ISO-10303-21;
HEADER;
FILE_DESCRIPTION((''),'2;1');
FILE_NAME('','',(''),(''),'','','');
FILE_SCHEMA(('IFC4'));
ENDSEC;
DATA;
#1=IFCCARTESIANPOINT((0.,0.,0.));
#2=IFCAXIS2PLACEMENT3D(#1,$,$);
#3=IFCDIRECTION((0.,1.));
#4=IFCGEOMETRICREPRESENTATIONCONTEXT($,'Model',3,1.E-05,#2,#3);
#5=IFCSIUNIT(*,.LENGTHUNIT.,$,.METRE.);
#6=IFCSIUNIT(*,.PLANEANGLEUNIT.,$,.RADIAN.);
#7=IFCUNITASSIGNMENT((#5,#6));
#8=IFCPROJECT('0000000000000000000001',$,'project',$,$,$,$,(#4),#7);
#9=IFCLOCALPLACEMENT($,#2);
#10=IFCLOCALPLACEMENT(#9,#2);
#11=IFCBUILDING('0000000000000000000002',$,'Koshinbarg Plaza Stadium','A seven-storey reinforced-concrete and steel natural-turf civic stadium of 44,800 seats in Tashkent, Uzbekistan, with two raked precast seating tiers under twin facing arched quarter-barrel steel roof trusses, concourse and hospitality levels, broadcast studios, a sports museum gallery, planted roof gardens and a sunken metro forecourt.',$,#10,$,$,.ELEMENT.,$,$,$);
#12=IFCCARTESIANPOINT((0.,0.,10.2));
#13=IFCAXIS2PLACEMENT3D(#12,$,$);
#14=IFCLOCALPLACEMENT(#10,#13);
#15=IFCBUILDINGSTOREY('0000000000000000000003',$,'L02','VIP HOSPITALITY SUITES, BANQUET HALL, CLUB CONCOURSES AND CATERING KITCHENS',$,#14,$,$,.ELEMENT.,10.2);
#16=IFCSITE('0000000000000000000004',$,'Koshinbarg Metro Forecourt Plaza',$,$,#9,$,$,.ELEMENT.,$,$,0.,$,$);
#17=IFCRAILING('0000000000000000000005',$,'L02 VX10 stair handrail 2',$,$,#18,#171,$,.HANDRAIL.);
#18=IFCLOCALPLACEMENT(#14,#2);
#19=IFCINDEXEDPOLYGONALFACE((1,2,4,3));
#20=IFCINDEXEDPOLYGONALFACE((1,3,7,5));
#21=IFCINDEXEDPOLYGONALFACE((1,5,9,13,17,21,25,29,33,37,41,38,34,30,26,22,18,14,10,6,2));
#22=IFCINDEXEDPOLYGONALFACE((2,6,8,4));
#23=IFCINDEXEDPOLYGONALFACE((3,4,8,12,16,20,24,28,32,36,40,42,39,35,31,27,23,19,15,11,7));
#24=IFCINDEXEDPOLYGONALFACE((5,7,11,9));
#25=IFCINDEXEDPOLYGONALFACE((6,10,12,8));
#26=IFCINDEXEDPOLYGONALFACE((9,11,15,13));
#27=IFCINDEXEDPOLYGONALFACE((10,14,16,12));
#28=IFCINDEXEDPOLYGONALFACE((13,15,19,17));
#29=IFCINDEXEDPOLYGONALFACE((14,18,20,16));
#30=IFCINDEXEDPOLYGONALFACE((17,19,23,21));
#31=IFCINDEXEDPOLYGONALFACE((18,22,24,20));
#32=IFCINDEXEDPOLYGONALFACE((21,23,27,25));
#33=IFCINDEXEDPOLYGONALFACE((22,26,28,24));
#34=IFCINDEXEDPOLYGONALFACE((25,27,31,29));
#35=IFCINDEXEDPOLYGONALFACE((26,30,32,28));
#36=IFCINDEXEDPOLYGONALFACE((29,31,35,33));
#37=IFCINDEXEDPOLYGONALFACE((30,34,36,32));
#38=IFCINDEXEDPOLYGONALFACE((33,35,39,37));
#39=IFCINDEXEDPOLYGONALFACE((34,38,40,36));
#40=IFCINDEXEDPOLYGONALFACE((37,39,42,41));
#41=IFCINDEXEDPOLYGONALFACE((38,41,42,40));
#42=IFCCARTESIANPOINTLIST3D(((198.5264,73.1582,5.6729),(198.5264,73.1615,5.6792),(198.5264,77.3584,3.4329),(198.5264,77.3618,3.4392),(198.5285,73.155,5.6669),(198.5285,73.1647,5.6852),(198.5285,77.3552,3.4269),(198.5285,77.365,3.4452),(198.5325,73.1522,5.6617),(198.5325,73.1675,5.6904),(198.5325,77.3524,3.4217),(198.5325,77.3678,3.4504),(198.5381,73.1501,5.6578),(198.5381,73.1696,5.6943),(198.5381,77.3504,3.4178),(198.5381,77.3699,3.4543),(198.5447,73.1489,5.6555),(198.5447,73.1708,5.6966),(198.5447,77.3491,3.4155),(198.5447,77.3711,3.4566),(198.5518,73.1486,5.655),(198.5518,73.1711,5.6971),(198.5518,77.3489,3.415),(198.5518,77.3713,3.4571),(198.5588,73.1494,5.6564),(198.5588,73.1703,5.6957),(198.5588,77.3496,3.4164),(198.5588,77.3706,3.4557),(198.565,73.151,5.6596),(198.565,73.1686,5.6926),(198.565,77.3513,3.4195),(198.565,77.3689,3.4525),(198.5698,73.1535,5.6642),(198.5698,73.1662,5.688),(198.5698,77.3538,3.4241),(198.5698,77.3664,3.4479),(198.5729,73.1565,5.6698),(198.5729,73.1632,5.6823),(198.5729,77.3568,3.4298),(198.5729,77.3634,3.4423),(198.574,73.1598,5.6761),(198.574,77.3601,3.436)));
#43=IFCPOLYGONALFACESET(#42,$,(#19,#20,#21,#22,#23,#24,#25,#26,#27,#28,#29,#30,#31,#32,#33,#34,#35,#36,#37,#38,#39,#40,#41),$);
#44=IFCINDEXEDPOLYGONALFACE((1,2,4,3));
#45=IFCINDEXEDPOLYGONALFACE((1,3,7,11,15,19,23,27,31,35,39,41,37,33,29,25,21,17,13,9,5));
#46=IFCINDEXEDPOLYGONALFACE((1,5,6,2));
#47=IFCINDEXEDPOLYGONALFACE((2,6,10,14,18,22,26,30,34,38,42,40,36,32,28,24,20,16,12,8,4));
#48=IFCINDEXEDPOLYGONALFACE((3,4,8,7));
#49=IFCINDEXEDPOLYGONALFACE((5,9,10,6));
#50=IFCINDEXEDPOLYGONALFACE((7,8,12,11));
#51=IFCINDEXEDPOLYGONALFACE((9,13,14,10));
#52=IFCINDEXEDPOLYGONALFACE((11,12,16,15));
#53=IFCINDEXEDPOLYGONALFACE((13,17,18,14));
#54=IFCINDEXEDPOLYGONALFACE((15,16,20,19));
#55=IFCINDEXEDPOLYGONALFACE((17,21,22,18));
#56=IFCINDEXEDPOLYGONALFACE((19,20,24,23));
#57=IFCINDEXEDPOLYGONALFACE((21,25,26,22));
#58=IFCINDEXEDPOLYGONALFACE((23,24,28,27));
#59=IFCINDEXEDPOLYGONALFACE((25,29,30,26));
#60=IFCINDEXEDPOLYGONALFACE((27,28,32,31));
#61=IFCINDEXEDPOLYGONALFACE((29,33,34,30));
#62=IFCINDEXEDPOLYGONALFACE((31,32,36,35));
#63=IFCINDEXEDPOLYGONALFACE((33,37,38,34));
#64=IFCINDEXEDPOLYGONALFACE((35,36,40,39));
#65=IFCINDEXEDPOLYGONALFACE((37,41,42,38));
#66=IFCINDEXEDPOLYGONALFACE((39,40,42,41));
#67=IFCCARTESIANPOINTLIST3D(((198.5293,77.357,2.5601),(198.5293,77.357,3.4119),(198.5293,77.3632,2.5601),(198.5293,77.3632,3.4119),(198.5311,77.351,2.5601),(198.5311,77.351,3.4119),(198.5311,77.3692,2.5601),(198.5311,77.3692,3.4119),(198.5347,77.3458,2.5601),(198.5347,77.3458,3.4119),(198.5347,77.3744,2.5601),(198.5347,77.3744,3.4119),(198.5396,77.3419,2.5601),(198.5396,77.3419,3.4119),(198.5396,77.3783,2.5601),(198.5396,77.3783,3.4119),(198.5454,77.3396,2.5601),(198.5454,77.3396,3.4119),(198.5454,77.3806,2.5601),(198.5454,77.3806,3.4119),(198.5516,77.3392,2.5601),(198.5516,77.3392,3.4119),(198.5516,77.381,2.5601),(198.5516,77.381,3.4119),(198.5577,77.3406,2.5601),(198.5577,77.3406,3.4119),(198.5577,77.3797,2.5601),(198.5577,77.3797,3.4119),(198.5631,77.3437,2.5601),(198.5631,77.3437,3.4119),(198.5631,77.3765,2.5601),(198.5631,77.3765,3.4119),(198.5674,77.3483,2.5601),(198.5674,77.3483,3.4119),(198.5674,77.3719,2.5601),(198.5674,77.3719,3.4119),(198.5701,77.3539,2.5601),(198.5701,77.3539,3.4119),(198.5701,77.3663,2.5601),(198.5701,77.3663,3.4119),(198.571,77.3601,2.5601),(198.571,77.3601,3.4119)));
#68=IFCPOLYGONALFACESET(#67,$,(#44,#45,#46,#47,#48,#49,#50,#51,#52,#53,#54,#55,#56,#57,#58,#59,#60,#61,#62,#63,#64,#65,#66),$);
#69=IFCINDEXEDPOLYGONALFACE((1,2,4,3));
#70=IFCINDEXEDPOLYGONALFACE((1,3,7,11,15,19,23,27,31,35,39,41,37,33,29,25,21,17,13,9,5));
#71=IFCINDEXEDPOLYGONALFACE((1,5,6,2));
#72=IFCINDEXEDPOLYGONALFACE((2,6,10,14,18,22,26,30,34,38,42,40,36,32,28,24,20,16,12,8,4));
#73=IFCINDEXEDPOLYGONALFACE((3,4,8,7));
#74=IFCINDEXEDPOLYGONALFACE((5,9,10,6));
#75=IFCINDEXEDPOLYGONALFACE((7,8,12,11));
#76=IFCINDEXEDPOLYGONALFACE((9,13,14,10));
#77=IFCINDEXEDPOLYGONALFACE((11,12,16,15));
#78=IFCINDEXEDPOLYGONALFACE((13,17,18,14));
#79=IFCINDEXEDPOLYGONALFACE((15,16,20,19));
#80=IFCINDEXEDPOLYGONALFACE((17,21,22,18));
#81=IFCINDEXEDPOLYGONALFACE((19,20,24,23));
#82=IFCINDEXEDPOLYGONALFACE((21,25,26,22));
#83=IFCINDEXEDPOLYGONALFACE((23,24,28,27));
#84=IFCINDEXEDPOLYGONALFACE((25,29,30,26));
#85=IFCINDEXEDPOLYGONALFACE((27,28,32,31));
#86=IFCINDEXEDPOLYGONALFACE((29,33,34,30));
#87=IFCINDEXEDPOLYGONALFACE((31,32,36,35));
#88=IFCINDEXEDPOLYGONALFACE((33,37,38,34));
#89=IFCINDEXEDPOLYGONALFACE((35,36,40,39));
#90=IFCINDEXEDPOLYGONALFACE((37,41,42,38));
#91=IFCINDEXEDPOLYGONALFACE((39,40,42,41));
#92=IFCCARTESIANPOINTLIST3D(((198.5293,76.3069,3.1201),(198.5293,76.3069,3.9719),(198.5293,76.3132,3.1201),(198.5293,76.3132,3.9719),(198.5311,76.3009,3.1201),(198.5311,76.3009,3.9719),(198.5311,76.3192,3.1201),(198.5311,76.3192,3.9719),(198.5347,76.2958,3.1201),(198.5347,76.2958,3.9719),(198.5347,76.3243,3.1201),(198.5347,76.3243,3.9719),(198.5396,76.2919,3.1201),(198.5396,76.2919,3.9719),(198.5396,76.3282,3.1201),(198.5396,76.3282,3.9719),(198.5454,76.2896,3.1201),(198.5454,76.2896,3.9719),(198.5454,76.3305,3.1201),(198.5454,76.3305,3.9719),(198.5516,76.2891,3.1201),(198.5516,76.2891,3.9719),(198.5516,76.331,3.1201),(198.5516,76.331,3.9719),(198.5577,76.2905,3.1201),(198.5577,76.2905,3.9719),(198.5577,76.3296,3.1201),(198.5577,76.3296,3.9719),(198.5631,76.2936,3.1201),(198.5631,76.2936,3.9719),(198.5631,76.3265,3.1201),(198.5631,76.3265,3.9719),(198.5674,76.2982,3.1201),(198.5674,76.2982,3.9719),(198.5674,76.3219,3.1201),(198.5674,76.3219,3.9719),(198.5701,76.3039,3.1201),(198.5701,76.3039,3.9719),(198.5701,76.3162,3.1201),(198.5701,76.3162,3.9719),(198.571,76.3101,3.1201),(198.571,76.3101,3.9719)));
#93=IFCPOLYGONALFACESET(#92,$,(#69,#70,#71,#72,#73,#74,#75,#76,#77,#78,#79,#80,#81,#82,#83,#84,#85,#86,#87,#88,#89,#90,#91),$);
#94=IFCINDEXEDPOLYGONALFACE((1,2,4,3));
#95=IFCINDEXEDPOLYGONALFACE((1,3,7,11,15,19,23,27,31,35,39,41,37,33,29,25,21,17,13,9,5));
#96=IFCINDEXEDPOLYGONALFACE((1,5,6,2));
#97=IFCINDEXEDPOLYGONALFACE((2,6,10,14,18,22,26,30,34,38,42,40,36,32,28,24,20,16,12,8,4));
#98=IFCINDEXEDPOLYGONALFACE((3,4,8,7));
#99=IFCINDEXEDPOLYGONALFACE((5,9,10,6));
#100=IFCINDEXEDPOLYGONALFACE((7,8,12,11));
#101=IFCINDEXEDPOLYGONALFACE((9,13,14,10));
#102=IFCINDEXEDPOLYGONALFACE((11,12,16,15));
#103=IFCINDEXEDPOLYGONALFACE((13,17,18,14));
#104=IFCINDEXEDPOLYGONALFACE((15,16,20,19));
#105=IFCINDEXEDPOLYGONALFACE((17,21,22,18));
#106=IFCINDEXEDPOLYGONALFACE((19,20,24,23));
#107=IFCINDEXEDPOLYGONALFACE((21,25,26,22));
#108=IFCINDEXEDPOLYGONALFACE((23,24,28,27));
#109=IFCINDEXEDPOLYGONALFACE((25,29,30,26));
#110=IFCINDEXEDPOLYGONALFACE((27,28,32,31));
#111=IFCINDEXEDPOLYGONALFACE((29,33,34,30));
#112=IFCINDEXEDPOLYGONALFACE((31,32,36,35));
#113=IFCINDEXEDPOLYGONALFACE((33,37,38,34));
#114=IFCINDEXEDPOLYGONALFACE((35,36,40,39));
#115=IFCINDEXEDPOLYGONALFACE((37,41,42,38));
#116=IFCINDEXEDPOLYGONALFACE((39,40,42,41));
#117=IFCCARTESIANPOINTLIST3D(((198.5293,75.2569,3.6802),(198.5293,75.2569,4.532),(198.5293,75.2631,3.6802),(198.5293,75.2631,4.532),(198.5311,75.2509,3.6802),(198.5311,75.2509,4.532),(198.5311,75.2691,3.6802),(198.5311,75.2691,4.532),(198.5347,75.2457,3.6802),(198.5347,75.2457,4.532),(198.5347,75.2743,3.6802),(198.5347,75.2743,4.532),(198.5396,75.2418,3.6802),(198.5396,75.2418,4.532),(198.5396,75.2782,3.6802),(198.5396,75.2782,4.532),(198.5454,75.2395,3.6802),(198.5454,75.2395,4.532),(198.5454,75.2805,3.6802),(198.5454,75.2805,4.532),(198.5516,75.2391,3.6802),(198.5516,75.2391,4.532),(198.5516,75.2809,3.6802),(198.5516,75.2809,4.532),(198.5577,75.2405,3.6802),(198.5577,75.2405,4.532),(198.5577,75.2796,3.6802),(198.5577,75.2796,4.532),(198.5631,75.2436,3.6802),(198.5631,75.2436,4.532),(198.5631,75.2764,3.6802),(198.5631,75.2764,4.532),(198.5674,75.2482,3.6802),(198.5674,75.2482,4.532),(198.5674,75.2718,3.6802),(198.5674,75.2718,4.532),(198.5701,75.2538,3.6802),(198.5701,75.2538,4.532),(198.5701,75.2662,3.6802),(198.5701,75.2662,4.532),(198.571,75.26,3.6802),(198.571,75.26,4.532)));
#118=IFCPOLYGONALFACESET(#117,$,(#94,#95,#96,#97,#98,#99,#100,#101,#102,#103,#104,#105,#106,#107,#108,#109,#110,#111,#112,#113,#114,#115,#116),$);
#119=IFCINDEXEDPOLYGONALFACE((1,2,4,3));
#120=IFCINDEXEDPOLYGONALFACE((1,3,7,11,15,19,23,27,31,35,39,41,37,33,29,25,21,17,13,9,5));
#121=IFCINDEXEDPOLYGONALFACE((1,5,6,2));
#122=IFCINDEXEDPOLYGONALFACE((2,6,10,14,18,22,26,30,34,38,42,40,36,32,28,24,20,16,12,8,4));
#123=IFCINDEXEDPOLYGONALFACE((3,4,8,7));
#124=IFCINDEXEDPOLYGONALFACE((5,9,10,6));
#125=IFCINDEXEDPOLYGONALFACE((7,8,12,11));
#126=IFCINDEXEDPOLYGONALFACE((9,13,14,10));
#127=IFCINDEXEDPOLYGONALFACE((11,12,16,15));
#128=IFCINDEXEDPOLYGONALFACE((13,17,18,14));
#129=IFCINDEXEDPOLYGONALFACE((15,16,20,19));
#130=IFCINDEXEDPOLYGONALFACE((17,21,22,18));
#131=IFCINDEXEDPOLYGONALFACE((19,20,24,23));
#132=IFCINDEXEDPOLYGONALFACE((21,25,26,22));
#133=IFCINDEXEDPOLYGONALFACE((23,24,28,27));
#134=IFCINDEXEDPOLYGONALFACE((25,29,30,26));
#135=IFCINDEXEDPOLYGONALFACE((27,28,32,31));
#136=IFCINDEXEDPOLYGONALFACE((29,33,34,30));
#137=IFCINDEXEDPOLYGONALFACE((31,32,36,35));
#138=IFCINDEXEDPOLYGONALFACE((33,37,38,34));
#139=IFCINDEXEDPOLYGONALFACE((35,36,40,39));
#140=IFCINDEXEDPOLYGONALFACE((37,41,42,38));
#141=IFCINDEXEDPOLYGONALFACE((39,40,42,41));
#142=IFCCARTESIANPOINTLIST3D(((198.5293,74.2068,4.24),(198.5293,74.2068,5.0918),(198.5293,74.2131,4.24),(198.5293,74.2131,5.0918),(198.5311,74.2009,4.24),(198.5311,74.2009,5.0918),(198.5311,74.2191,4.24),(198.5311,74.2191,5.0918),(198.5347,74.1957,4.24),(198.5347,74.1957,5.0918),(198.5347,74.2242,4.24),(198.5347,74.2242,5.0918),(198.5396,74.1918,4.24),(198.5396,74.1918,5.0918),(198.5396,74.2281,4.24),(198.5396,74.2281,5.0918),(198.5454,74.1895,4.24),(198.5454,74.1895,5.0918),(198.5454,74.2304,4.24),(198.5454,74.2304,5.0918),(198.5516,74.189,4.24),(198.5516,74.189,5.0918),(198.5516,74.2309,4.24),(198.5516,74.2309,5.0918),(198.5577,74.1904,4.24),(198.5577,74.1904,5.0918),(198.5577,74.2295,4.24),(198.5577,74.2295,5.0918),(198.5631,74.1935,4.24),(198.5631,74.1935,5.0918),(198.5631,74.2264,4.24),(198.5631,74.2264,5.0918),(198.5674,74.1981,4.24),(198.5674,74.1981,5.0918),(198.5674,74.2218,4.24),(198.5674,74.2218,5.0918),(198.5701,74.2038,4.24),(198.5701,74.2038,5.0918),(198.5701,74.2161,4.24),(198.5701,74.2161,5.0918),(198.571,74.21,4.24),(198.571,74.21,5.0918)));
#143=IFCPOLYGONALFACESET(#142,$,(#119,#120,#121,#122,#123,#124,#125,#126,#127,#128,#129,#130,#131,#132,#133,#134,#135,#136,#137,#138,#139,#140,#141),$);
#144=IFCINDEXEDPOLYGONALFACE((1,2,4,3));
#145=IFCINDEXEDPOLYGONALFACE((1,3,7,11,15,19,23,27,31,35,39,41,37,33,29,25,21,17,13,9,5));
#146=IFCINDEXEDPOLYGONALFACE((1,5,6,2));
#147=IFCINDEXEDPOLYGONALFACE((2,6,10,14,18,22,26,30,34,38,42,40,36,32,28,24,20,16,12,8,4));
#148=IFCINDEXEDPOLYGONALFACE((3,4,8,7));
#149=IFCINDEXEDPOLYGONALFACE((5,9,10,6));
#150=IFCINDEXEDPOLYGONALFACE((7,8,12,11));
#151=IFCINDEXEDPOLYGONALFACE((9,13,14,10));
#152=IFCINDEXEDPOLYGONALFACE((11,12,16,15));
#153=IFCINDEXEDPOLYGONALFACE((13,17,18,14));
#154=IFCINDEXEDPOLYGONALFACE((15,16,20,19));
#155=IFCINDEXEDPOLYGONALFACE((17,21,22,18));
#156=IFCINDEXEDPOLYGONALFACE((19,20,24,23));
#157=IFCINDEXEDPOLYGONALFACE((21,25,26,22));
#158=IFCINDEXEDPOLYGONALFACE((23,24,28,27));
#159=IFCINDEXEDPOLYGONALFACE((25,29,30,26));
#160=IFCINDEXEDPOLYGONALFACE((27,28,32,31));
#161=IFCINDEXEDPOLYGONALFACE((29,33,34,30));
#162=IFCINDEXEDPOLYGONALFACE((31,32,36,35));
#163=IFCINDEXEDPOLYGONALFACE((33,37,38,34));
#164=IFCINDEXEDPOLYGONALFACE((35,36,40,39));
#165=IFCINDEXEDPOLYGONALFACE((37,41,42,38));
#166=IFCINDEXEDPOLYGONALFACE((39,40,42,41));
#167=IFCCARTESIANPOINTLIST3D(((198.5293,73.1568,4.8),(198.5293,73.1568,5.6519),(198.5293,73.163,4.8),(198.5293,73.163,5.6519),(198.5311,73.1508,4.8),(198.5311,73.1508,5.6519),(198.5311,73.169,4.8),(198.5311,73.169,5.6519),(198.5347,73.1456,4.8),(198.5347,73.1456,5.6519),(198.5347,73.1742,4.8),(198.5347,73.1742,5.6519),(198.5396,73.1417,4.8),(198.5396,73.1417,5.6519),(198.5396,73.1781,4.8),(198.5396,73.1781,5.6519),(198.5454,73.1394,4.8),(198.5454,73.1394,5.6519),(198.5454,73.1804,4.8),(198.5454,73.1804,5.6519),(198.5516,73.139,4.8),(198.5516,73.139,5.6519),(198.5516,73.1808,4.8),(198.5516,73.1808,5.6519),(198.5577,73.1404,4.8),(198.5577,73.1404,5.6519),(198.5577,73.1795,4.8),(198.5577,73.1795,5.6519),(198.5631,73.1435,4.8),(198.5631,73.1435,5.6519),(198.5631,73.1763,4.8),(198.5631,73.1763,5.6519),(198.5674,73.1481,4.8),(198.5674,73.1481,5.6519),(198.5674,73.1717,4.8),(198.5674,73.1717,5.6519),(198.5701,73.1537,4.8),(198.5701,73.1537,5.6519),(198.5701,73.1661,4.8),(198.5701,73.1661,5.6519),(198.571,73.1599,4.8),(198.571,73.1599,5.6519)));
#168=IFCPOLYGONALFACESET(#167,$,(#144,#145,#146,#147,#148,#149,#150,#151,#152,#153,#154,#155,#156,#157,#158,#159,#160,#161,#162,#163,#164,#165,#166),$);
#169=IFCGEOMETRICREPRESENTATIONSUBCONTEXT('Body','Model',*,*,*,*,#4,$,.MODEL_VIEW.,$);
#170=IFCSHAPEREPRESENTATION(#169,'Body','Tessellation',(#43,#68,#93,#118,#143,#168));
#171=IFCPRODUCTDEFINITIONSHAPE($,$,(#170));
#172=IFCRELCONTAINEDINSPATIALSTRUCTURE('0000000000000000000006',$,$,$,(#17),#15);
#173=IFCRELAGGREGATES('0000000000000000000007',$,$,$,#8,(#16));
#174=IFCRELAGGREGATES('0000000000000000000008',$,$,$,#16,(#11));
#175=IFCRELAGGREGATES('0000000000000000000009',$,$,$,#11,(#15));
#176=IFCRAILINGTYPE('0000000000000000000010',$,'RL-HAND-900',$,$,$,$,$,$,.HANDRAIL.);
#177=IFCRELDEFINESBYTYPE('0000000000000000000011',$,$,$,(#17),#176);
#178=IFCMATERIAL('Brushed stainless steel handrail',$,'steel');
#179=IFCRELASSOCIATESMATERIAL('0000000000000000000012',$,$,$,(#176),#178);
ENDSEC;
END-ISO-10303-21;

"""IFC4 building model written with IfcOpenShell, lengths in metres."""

from ifc_helpers import new_model, si_unit, direction, frame, origin, origin_2d, place, context, subcontext, project, spatial, circle, extrude, material, type_object, element, save


model = new_model("IFC4")

# Units and contexts
model_context = context("Model", 3, precision=1e-05, world=origin(), true_north=direction((0.0, 1.0)))
body_context = subcontext(model_context, "Body", "Model", "MODEL_VIEW")
ifc_project = project(units=[si_unit("LENGTHUNIT", "METRE"), si_unit("PLANEANGLEUNIT", "RADIAN")], contexts=[model_context])

# Site, building, storey
site_placement = place(None, origin())
site = spatial("IfcSite", under=ifc_project, at=site_placement, Name="Koshinbarg Metro Forecourt Plaza", CompositionType="ELEMENT", RefElevation=0.0)
building_placement = place(site_placement, origin())
building = spatial("IfcBuilding", under=site, at=building_placement, Name="Koshinbarg Plaza Stadium", Description="A seven-storey reinforced-concrete and steel natural-turf civic stadium of 44,800 seats in Tashkent, Uzbekistan, with two raked precast seating tiers under twin facing arched quarter-barrel steel roof trusses, concourse and hospitality levels, broadcast studios, a sports museum gallery, planted roof gardens and a sunken metro forecourt.", CompositionType="ELEMENT")
storey_placement = place(building_placement, frame((0.0, 0.0, 10.2)))
storey = spatial("IfcBuildingStorey", under=building, at=storey_placement, Name="L02", Description="VIP HOSPITALITY SUITES, BANQUET HALL, CLUB CONCOURSES AND CATERING KITCHENS", CompositionType="ELEMENT", Elevation=10.2)

# Railing
ifc_material_1 = material(Name="Brushed stainless steel handrail", Category="steel")
railing_type_1 = type_object("IfcRailingType", Name="RL-HAND-900", PredefinedType="HANDRAIL", material=ifc_material_1)
railing_1_placement = place(storey_placement, frame((198.55, 77.3601, 2.5601)))
element("IfcRailing", 1, at=railing_1_placement, inside=storey, type_object=railing_type_1, Name="L02 VX10 stair handrail 2", PredefinedType="HANDRAIL", context=body_context, shape_type="SweptSolid", body=[
    extrude(circle(Radius=0.0239, at=origin_2d()), frame((0.0, 0.0, 0.876), z_axis=(0.0, -0.882363, 0.47057), x_axis=(1.0, 0.0, 0.0)), (0.0, 0.0, 1.0), 4.7603),
    extrude(circle(Radius=0.021, at=origin_2d()), origin(), (0.0, 0.0, 1.0), 0.8518),
    extrude(circle(Radius=0.021, at=origin_2d()), frame((0.0, -1.05, 0.5601)), (0.0, 0.0, 1.0), 0.8518),
    extrude(circle(Radius=0.021, at=origin_2d()), frame((0.0, -2.1001, 1.1201)), (0.0, 0.0, 1.0), 0.8518),
    extrude(circle(Radius=0.021, at=origin_2d()), frame((0.0, -3.1501, 1.6799)), (0.0, 0.0, 1.0), 0.8518),
    extrude(circle(Radius=0.021, at=origin_2d()), frame((0.0, -4.2002, 2.24)), (0.0, 0.0, 1.0), 0.8518),
])

save(model, "model.ifc")
